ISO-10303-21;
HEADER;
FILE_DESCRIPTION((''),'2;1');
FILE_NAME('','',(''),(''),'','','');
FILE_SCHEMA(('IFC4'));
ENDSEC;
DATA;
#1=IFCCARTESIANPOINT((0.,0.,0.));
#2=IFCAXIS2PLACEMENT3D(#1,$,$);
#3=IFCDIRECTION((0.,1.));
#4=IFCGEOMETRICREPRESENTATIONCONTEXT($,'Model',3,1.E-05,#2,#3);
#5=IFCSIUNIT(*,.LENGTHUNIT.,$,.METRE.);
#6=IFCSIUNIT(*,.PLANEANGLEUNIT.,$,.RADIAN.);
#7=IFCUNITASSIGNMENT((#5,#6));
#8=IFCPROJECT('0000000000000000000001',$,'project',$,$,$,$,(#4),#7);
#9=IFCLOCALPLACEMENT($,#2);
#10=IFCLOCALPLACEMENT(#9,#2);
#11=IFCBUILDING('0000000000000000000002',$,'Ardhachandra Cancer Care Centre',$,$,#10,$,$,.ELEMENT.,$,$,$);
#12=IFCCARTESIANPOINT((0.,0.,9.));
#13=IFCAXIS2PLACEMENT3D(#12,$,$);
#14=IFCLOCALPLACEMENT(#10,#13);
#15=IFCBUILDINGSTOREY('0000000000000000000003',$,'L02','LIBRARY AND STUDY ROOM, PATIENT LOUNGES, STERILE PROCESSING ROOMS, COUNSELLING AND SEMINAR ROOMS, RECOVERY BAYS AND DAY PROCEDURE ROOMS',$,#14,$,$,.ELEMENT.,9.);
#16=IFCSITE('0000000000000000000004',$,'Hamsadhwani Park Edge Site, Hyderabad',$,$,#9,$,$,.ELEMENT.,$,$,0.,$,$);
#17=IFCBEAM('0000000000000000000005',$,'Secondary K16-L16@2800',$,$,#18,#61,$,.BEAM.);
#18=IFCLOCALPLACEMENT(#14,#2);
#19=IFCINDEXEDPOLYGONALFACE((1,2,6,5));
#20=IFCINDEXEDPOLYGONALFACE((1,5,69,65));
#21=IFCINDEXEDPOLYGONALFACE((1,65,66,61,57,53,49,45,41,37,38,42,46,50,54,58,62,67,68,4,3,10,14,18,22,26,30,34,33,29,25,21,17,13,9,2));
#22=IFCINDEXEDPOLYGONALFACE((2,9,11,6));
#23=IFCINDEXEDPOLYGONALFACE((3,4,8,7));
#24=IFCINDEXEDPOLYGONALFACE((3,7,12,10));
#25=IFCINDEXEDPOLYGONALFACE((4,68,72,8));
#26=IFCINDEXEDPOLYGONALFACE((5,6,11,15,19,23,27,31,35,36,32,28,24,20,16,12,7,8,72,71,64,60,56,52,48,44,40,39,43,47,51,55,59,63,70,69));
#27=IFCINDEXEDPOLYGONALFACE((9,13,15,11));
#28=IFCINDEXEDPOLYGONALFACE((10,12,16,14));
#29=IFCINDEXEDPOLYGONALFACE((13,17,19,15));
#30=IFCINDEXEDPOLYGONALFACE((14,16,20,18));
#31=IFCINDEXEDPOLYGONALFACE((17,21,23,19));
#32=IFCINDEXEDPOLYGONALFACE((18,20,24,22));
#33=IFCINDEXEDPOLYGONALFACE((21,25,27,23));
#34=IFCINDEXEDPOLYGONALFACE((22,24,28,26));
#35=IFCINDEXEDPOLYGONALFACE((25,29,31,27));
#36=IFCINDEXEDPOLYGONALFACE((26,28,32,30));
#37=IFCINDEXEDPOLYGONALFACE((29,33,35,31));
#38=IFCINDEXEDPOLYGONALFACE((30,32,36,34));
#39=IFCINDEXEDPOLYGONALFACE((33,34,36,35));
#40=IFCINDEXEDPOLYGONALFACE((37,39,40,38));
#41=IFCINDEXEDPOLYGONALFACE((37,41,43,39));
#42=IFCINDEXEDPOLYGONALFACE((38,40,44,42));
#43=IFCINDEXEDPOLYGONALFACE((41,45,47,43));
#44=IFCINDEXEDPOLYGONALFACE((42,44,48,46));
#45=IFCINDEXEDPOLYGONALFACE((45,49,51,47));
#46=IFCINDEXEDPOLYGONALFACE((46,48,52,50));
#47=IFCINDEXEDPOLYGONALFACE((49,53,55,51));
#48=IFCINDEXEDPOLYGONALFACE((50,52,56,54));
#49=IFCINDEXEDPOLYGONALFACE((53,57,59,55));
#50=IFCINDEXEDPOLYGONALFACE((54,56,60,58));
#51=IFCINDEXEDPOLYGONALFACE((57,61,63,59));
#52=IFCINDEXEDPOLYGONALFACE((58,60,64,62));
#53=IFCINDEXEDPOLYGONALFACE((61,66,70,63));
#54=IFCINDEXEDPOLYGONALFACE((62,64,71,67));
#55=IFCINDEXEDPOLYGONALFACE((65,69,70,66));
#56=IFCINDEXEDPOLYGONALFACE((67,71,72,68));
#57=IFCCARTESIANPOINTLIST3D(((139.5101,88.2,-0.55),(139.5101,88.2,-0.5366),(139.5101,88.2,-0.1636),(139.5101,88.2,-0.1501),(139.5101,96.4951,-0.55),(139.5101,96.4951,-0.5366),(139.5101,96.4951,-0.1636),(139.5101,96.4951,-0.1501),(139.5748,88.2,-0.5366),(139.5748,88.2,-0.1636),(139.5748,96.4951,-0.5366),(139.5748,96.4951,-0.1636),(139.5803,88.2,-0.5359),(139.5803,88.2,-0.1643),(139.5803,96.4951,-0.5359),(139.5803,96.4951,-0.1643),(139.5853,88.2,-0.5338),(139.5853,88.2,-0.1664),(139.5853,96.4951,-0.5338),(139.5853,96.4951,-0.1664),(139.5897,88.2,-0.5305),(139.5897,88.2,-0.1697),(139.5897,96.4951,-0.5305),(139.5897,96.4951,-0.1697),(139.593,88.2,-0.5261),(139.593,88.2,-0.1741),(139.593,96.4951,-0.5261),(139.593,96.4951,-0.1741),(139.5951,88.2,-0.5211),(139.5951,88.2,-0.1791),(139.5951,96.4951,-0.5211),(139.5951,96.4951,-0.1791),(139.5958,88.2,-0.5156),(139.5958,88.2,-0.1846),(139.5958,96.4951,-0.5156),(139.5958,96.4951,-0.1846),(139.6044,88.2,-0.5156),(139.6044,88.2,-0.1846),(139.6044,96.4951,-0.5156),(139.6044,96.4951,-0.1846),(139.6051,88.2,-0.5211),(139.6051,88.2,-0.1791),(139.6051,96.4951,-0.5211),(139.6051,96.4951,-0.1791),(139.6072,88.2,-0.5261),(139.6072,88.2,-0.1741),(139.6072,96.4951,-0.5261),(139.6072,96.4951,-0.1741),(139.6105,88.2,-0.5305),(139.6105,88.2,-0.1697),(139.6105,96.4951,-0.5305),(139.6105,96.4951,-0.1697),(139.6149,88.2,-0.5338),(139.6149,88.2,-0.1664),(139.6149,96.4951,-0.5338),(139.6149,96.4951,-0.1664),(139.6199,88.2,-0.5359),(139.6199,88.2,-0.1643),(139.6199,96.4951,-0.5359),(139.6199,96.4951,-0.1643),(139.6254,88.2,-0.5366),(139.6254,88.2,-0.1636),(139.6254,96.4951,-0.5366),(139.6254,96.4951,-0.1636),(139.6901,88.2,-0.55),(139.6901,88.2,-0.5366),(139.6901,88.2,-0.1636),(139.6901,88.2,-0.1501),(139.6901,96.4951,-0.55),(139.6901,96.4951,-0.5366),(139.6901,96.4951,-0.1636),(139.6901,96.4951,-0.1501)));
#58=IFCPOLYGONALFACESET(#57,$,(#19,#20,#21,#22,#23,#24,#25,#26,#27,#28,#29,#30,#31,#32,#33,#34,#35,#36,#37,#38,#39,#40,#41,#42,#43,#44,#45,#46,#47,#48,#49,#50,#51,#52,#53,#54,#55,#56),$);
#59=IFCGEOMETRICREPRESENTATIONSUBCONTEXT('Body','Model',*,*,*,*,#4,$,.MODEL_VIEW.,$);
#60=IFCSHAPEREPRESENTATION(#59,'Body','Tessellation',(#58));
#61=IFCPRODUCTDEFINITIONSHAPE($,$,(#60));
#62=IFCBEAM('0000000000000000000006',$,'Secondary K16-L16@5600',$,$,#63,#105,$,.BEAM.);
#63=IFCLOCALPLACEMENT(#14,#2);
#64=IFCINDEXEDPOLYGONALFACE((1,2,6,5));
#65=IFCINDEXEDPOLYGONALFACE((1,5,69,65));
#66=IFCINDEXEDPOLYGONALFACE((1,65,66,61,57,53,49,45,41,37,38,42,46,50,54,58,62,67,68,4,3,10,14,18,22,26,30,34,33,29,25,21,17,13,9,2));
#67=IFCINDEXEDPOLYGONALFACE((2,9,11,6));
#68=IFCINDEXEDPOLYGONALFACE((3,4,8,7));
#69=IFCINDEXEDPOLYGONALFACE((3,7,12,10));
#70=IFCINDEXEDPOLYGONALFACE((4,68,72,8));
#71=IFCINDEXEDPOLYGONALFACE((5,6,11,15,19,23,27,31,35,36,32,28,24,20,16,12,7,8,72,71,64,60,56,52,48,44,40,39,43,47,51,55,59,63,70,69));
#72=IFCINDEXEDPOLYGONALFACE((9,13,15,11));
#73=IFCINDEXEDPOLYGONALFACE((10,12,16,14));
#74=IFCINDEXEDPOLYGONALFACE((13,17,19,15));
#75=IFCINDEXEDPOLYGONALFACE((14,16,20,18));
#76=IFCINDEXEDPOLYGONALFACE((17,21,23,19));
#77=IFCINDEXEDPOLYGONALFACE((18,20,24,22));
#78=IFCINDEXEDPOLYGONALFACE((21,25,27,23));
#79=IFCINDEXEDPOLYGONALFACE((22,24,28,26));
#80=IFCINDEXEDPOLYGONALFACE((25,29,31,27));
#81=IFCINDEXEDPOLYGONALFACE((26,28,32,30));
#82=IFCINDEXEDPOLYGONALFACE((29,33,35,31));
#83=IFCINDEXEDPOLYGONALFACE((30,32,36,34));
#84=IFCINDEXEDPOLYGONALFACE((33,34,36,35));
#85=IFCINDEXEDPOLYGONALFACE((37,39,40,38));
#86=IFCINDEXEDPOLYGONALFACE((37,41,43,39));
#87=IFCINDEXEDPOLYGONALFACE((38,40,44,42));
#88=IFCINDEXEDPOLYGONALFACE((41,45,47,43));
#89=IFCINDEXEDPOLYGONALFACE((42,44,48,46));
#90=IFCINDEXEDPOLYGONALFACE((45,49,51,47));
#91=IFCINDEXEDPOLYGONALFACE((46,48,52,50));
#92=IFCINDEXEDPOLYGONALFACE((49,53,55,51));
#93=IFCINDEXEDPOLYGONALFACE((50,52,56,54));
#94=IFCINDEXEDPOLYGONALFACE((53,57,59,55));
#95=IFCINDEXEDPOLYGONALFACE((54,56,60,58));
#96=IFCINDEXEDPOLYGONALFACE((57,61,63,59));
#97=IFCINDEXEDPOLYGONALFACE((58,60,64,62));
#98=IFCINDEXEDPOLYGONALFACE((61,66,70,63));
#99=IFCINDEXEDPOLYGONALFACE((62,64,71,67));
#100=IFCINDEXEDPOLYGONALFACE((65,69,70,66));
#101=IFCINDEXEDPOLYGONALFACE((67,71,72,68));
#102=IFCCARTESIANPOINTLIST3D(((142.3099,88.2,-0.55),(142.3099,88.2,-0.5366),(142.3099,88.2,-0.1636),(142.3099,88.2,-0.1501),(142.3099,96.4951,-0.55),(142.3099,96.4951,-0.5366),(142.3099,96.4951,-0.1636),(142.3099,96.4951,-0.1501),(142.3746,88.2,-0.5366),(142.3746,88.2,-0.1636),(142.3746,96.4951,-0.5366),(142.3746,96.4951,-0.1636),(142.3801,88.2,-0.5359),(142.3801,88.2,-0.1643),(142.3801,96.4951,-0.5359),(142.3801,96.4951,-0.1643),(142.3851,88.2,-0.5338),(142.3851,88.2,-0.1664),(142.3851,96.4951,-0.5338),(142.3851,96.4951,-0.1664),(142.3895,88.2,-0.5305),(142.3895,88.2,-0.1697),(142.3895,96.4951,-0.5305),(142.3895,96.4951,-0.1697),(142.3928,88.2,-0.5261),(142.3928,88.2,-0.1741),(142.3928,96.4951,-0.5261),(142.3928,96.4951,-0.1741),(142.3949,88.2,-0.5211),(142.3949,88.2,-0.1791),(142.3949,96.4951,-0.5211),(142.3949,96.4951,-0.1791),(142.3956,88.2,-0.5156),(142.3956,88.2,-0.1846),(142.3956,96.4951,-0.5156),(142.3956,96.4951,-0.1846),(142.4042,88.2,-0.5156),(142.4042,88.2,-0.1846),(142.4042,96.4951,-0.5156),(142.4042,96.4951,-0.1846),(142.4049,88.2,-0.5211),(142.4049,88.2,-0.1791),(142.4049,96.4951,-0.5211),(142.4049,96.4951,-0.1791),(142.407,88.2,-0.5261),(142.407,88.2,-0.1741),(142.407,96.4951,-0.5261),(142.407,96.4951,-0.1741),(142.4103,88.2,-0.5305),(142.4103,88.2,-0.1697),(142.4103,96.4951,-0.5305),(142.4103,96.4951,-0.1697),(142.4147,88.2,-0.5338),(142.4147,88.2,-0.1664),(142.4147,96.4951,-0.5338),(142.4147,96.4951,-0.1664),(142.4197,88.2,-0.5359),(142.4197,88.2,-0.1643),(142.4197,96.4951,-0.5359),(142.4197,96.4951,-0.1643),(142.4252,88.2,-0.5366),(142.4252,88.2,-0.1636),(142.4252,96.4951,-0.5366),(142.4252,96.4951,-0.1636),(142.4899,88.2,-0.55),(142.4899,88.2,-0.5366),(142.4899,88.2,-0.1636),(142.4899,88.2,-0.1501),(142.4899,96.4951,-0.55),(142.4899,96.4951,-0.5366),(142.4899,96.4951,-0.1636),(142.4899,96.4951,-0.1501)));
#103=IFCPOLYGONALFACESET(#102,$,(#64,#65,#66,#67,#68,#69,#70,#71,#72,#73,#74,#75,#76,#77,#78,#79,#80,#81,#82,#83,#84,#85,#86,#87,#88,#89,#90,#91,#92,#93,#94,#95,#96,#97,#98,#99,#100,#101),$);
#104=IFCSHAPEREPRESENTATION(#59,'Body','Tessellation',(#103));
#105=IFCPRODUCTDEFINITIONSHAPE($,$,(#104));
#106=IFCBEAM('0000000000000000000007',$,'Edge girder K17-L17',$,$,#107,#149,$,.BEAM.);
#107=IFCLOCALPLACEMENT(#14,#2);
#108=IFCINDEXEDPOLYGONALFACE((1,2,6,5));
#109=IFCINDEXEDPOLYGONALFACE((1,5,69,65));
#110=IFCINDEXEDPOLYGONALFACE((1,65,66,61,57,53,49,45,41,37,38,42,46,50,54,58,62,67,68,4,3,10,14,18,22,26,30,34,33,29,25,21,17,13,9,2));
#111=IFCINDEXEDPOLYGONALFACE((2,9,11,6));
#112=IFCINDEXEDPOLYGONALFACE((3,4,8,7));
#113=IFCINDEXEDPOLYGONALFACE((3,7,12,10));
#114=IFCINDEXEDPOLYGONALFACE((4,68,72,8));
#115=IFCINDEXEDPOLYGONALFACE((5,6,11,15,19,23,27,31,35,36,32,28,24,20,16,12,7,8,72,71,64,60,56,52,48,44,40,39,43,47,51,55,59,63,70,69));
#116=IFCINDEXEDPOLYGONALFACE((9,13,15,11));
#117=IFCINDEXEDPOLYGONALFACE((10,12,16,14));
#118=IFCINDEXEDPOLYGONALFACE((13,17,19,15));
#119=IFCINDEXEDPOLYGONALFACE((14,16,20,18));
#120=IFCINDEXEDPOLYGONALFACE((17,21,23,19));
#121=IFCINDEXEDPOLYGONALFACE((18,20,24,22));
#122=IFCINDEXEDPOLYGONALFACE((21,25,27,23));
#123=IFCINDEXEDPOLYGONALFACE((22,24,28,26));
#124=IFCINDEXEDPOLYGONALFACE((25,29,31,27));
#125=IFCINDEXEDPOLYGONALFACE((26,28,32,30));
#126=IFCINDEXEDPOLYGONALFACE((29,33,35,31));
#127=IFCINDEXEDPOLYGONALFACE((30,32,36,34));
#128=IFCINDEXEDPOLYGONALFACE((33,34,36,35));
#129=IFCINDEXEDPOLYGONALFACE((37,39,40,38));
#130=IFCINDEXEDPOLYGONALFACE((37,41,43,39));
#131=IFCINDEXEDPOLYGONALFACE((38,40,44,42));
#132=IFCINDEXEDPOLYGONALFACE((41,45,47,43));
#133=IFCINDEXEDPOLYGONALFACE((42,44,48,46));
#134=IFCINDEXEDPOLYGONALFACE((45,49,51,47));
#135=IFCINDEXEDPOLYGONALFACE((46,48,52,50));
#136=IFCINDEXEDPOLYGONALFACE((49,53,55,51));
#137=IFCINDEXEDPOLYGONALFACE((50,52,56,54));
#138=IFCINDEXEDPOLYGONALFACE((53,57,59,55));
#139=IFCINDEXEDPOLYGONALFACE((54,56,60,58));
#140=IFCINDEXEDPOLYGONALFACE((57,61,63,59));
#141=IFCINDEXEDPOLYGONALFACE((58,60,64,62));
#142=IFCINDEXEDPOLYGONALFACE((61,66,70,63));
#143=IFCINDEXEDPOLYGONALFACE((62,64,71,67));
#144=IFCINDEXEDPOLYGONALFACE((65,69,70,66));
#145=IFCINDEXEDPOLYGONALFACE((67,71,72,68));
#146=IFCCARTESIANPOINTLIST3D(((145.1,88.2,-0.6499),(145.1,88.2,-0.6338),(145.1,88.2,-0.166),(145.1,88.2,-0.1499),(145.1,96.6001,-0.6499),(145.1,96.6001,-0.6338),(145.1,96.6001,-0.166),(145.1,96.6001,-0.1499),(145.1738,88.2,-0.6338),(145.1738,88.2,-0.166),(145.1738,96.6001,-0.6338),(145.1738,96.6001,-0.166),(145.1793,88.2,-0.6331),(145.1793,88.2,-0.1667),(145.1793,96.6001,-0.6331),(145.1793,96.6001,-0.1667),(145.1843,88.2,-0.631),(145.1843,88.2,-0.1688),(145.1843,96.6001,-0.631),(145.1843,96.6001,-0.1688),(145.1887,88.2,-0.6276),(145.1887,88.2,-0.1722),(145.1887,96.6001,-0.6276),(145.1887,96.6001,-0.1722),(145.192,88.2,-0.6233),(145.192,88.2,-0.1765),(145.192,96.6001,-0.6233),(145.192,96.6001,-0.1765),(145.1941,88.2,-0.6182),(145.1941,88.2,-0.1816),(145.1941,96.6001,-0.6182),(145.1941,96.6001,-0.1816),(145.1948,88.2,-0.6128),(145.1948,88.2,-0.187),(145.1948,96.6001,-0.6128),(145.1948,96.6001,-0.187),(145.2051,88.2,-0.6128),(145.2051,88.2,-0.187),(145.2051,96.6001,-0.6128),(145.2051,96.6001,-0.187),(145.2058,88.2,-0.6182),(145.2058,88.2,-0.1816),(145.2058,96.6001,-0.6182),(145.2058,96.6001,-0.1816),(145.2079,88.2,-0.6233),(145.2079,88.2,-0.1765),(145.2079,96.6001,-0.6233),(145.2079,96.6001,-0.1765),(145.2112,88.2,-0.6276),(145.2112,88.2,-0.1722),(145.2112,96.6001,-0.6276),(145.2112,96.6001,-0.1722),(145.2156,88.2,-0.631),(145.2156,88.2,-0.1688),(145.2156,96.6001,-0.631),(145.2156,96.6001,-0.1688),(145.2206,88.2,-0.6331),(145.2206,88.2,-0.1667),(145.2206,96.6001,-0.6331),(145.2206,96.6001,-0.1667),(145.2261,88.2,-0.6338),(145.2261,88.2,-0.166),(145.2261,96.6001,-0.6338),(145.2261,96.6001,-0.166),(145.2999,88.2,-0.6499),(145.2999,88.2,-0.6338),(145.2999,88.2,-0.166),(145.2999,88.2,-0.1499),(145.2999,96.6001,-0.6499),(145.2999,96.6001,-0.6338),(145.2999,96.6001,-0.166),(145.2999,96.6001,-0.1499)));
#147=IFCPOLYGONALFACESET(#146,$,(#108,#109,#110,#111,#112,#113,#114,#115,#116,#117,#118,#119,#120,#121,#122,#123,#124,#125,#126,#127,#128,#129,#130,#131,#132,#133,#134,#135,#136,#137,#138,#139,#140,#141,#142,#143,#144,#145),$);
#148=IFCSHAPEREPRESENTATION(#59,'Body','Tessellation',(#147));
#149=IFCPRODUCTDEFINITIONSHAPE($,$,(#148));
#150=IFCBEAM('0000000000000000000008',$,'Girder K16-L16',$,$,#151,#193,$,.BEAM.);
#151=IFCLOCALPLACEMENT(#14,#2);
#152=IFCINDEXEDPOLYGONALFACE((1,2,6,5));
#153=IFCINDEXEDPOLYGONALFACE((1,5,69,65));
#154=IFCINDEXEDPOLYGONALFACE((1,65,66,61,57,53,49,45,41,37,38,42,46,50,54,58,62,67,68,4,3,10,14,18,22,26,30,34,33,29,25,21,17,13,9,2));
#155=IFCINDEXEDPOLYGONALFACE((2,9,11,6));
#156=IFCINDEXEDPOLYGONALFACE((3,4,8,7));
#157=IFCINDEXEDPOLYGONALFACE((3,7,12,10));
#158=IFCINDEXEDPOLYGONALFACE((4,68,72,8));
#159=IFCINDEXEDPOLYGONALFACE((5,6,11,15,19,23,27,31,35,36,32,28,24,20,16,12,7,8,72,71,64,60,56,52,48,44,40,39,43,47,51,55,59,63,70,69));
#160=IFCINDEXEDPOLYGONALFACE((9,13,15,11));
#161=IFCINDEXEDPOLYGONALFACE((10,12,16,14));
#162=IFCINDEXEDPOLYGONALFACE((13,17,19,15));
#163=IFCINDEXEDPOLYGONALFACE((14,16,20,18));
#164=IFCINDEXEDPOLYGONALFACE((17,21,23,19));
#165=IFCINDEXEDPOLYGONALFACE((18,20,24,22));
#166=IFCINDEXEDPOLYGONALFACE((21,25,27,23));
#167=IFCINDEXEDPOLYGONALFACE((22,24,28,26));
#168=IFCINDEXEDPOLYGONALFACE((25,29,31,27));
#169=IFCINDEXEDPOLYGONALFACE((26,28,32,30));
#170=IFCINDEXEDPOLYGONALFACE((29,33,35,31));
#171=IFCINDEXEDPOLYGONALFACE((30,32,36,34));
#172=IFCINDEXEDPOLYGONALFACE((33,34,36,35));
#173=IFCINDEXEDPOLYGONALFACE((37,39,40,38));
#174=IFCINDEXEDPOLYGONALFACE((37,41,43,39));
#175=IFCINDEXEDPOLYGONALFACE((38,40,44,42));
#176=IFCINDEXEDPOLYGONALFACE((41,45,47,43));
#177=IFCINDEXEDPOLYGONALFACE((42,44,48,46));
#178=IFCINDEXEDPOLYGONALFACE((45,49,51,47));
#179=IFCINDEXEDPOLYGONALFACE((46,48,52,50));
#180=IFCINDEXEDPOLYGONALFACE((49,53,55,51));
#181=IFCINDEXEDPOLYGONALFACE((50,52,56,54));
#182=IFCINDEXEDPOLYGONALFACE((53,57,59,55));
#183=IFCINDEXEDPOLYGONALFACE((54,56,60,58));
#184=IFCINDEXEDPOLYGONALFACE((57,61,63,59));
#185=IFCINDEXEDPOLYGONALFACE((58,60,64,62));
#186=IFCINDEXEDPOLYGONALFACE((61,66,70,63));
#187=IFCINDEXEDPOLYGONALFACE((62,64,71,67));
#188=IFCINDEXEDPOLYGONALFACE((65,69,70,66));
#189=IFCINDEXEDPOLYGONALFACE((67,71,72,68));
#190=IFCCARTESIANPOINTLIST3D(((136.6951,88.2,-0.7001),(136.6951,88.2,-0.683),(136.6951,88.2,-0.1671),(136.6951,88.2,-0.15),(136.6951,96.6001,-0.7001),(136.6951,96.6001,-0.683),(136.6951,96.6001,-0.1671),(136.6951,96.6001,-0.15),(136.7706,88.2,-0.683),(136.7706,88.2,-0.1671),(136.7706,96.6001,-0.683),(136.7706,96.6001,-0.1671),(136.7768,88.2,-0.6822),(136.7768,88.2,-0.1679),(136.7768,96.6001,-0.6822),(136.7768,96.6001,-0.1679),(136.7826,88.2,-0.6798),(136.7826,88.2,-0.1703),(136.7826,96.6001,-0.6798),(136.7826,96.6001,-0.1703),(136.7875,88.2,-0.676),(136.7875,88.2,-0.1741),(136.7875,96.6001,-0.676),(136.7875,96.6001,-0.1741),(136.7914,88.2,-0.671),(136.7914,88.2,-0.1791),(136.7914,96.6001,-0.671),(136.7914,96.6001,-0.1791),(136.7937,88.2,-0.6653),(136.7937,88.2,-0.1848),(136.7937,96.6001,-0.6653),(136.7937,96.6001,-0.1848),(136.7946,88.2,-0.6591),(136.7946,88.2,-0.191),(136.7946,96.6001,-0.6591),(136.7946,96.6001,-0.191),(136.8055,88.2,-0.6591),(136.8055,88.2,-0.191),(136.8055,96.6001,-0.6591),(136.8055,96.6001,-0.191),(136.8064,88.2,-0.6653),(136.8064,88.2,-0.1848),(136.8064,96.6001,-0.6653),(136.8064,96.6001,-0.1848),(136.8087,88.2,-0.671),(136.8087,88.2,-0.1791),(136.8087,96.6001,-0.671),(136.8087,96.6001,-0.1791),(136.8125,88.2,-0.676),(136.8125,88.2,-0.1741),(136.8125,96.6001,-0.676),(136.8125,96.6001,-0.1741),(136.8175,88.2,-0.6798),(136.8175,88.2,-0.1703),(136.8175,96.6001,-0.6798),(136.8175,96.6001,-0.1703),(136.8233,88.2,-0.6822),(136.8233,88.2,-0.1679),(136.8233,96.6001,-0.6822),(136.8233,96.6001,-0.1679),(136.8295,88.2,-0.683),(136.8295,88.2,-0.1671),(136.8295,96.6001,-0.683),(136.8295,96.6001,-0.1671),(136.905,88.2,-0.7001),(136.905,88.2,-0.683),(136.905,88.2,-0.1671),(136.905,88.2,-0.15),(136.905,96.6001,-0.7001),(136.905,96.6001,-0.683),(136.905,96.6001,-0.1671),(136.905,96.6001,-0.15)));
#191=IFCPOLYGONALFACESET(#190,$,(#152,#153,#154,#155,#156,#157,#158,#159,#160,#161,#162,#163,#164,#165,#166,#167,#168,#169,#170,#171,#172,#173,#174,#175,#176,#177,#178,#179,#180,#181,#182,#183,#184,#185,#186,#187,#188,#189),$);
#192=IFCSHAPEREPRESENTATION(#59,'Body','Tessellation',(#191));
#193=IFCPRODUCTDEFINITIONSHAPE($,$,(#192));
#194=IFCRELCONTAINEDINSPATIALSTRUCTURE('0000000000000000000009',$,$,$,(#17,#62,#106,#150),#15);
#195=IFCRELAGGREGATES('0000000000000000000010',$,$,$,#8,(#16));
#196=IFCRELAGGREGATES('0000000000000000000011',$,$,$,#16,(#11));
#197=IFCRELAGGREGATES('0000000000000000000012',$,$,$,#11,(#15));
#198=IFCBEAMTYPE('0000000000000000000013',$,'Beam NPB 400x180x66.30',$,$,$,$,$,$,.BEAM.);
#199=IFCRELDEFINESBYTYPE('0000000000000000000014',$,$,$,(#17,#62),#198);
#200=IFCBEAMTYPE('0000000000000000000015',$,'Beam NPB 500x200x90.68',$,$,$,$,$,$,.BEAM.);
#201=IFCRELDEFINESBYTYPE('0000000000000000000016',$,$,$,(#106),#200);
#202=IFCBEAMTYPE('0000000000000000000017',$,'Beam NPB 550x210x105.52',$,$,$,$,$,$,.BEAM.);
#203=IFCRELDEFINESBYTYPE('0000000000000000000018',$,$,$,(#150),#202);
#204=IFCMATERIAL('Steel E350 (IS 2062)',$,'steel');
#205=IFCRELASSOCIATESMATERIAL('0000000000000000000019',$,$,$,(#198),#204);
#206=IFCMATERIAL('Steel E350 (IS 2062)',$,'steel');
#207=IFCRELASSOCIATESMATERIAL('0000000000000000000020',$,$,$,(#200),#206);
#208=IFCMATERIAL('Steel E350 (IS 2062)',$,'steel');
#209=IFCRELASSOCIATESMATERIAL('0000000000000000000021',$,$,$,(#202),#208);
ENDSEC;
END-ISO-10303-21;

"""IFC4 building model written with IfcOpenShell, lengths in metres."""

from ifc_helpers import new_model, si_unit, direction, frame, origin, origin_2d, place, context, subcontext, project, spatial, i_section, extrude, material, material_profile, profile_set, type_object, element, save


model = new_model("IFC4")

# Units and contexts
model_context = context("Model", 3, precision=1e-05, world=origin(), true_north=direction((0.0, 1.0)))
body_context = subcontext(model_context, "Body", "Model", "MODEL_VIEW")
ifc_project = project(units=[si_unit("LENGTHUNIT", "METRE"), si_unit("PLANEANGLEUNIT", "RADIAN")], contexts=[model_context])

# Site, building, storey
site_placement = place(None, origin())
site = spatial("IfcSite", under=ifc_project, at=site_placement, Name="Hamsadhwani Park Edge Site, Hyderabad", CompositionType="ELEMENT", RefElevation=0.0)
building_placement = place(site_placement, origin())
building = spatial("IfcBuilding", under=site, at=building_placement, Name="Ardhachandra Cancer Care Centre", CompositionType="ELEMENT")
storey_placement = place(building_placement, frame((0.0, 0.0, 9.0)))
storey = spatial("IfcBuildingStorey", under=building, at=storey_placement, Name="L02", Description="LIBRARY AND STUDY ROOM, PATIENT LOUNGES, STERILE PROCESSING ROOMS, COUNSELLING AND SEMINAR ROOMS, RECOVERY BAYS AND DAY PROCEDURE ROOMS", CompositionType="ELEMENT", Elevation=9.0)

# Beams
ifc_material_1 = material(Name="Steel E350 (IS 2062)", Category="steel")
ifc_material_profile_1 = material_profile(ifc_material_1, i_section(OverallWidth=0.1799, OverallDepth=0.3999, WebThickness=0.0085, FlangeThickness=0.0134, FilletRadius=0.021, at=origin_2d()), Name="NPB 400x180x66.30")
ifc_profile_set_1 = profile_set([ifc_material_profile_1], Name="Steel E350 (IS 2062)")
beam_type_1 = type_object("IfcBeamType", Name="Beam NPB 400x180x66.30", PredefinedType="BEAM", material=ifc_profile_set_1)
for number, where, z_axis, x_axis, name in (
    (1, (139.6001, 88.2, -0.3501), (0.0, 1.0, 0.0), (-1.0, 0.0, 0.0), "Secondary K16-L16@2800"),
    (2, (142.3999, 88.2, -0.3501), (0.0, 1.0, 0.0), (-1.0, 0.0, 0.0), "Secondary K16-L16@5600"),
):
    element("IfcBeam", number, at=place(storey_placement, frame(where, z_axis=z_axis, x_axis=x_axis)), inside=storey, type_object=beam_type_1, Name=name, PredefinedType="BEAM", context=body_context, shape_type="SweptSolid", body=[
        extrude(i_section(OverallWidth=0.1799, OverallDepth=0.3999, WebThickness=0.0085, FlangeThickness=0.0134, FilletRadius=0.021, at=origin_2d()), origin(), (0.0, 0.0, 1.0), 8.2952),
    ])
ifc_material_2 = material(Name="Steel E350 (IS 2062)", Category="steel")
ifc_material_profile_2 = material_profile(ifc_material_2, i_section(OverallWidth=0.2, OverallDepth=0.5, WebThickness=0.0103, FlangeThickness=0.0161, FilletRadius=0.021, at=origin_2d()), Name="NPB 500x200x90.68")
ifc_profile_set_2 = profile_set([ifc_material_profile_2], Name="Steel E350 (IS 2062)")
beam_type_2 = type_object("IfcBeamType", Name="Beam NPB 500x200x90.68", PredefinedType="BEAM", material=ifc_profile_set_2)
beam_1_placement = place(storey_placement, frame((145.2, 88.2, -0.3999), z_axis=(0.0, 1.0, 0.0), x_axis=(-1.0, 0.0, 0.0)))
element("IfcBeam", 3, at=beam_1_placement, inside=storey, type_object=beam_type_2, Name="Edge girder K17-L17", PredefinedType="BEAM", context=body_context, shape_type="SweptSolid", body=[
    extrude(i_section(OverallWidth=0.2, OverallDepth=0.5, WebThickness=0.0103, FlangeThickness=0.0161, FilletRadius=0.021, at=origin_2d()), origin(), (0.0, 0.0, 1.0), 8.4001),
])
ifc_material_3 = material(Name="Steel E350 (IS 2062)", Category="steel")
ifc_material_profile_3 = material_profile(ifc_material_3, i_section(OverallWidth=0.21, OverallDepth=0.55, WebThickness=0.011, FlangeThickness=0.0171, FilletRadius=0.0239, at=origin_2d()), Name="NPB 550x210x105.52")
ifc_profile_set_3 = profile_set([ifc_material_profile_3], Name="Steel E350 (IS 2062)")
beam_type_3 = type_object("IfcBeamType", Name="Beam NPB 550x210x105.52", PredefinedType="BEAM", material=ifc_profile_set_3)
beam_2_placement = place(storey_placement, frame((136.8, 88.2, -0.425), z_axis=(0.0, 1.0, 0.0), x_axis=(-1.0, 0.0, 0.0)))
element("IfcBeam", 4, at=beam_2_placement, inside=storey, type_object=beam_type_3, Name="Girder K16-L16", PredefinedType="BEAM", context=body_context, shape_type="SweptSolid", body=[
    extrude(i_section(OverallWidth=0.21, OverallDepth=0.55, WebThickness=0.011, FlangeThickness=0.0171, FilletRadius=0.0239, at=origin_2d()), origin(), (0.0, 0.0, 1.0), 8.4001),
])

save(model, "model.ifc")
